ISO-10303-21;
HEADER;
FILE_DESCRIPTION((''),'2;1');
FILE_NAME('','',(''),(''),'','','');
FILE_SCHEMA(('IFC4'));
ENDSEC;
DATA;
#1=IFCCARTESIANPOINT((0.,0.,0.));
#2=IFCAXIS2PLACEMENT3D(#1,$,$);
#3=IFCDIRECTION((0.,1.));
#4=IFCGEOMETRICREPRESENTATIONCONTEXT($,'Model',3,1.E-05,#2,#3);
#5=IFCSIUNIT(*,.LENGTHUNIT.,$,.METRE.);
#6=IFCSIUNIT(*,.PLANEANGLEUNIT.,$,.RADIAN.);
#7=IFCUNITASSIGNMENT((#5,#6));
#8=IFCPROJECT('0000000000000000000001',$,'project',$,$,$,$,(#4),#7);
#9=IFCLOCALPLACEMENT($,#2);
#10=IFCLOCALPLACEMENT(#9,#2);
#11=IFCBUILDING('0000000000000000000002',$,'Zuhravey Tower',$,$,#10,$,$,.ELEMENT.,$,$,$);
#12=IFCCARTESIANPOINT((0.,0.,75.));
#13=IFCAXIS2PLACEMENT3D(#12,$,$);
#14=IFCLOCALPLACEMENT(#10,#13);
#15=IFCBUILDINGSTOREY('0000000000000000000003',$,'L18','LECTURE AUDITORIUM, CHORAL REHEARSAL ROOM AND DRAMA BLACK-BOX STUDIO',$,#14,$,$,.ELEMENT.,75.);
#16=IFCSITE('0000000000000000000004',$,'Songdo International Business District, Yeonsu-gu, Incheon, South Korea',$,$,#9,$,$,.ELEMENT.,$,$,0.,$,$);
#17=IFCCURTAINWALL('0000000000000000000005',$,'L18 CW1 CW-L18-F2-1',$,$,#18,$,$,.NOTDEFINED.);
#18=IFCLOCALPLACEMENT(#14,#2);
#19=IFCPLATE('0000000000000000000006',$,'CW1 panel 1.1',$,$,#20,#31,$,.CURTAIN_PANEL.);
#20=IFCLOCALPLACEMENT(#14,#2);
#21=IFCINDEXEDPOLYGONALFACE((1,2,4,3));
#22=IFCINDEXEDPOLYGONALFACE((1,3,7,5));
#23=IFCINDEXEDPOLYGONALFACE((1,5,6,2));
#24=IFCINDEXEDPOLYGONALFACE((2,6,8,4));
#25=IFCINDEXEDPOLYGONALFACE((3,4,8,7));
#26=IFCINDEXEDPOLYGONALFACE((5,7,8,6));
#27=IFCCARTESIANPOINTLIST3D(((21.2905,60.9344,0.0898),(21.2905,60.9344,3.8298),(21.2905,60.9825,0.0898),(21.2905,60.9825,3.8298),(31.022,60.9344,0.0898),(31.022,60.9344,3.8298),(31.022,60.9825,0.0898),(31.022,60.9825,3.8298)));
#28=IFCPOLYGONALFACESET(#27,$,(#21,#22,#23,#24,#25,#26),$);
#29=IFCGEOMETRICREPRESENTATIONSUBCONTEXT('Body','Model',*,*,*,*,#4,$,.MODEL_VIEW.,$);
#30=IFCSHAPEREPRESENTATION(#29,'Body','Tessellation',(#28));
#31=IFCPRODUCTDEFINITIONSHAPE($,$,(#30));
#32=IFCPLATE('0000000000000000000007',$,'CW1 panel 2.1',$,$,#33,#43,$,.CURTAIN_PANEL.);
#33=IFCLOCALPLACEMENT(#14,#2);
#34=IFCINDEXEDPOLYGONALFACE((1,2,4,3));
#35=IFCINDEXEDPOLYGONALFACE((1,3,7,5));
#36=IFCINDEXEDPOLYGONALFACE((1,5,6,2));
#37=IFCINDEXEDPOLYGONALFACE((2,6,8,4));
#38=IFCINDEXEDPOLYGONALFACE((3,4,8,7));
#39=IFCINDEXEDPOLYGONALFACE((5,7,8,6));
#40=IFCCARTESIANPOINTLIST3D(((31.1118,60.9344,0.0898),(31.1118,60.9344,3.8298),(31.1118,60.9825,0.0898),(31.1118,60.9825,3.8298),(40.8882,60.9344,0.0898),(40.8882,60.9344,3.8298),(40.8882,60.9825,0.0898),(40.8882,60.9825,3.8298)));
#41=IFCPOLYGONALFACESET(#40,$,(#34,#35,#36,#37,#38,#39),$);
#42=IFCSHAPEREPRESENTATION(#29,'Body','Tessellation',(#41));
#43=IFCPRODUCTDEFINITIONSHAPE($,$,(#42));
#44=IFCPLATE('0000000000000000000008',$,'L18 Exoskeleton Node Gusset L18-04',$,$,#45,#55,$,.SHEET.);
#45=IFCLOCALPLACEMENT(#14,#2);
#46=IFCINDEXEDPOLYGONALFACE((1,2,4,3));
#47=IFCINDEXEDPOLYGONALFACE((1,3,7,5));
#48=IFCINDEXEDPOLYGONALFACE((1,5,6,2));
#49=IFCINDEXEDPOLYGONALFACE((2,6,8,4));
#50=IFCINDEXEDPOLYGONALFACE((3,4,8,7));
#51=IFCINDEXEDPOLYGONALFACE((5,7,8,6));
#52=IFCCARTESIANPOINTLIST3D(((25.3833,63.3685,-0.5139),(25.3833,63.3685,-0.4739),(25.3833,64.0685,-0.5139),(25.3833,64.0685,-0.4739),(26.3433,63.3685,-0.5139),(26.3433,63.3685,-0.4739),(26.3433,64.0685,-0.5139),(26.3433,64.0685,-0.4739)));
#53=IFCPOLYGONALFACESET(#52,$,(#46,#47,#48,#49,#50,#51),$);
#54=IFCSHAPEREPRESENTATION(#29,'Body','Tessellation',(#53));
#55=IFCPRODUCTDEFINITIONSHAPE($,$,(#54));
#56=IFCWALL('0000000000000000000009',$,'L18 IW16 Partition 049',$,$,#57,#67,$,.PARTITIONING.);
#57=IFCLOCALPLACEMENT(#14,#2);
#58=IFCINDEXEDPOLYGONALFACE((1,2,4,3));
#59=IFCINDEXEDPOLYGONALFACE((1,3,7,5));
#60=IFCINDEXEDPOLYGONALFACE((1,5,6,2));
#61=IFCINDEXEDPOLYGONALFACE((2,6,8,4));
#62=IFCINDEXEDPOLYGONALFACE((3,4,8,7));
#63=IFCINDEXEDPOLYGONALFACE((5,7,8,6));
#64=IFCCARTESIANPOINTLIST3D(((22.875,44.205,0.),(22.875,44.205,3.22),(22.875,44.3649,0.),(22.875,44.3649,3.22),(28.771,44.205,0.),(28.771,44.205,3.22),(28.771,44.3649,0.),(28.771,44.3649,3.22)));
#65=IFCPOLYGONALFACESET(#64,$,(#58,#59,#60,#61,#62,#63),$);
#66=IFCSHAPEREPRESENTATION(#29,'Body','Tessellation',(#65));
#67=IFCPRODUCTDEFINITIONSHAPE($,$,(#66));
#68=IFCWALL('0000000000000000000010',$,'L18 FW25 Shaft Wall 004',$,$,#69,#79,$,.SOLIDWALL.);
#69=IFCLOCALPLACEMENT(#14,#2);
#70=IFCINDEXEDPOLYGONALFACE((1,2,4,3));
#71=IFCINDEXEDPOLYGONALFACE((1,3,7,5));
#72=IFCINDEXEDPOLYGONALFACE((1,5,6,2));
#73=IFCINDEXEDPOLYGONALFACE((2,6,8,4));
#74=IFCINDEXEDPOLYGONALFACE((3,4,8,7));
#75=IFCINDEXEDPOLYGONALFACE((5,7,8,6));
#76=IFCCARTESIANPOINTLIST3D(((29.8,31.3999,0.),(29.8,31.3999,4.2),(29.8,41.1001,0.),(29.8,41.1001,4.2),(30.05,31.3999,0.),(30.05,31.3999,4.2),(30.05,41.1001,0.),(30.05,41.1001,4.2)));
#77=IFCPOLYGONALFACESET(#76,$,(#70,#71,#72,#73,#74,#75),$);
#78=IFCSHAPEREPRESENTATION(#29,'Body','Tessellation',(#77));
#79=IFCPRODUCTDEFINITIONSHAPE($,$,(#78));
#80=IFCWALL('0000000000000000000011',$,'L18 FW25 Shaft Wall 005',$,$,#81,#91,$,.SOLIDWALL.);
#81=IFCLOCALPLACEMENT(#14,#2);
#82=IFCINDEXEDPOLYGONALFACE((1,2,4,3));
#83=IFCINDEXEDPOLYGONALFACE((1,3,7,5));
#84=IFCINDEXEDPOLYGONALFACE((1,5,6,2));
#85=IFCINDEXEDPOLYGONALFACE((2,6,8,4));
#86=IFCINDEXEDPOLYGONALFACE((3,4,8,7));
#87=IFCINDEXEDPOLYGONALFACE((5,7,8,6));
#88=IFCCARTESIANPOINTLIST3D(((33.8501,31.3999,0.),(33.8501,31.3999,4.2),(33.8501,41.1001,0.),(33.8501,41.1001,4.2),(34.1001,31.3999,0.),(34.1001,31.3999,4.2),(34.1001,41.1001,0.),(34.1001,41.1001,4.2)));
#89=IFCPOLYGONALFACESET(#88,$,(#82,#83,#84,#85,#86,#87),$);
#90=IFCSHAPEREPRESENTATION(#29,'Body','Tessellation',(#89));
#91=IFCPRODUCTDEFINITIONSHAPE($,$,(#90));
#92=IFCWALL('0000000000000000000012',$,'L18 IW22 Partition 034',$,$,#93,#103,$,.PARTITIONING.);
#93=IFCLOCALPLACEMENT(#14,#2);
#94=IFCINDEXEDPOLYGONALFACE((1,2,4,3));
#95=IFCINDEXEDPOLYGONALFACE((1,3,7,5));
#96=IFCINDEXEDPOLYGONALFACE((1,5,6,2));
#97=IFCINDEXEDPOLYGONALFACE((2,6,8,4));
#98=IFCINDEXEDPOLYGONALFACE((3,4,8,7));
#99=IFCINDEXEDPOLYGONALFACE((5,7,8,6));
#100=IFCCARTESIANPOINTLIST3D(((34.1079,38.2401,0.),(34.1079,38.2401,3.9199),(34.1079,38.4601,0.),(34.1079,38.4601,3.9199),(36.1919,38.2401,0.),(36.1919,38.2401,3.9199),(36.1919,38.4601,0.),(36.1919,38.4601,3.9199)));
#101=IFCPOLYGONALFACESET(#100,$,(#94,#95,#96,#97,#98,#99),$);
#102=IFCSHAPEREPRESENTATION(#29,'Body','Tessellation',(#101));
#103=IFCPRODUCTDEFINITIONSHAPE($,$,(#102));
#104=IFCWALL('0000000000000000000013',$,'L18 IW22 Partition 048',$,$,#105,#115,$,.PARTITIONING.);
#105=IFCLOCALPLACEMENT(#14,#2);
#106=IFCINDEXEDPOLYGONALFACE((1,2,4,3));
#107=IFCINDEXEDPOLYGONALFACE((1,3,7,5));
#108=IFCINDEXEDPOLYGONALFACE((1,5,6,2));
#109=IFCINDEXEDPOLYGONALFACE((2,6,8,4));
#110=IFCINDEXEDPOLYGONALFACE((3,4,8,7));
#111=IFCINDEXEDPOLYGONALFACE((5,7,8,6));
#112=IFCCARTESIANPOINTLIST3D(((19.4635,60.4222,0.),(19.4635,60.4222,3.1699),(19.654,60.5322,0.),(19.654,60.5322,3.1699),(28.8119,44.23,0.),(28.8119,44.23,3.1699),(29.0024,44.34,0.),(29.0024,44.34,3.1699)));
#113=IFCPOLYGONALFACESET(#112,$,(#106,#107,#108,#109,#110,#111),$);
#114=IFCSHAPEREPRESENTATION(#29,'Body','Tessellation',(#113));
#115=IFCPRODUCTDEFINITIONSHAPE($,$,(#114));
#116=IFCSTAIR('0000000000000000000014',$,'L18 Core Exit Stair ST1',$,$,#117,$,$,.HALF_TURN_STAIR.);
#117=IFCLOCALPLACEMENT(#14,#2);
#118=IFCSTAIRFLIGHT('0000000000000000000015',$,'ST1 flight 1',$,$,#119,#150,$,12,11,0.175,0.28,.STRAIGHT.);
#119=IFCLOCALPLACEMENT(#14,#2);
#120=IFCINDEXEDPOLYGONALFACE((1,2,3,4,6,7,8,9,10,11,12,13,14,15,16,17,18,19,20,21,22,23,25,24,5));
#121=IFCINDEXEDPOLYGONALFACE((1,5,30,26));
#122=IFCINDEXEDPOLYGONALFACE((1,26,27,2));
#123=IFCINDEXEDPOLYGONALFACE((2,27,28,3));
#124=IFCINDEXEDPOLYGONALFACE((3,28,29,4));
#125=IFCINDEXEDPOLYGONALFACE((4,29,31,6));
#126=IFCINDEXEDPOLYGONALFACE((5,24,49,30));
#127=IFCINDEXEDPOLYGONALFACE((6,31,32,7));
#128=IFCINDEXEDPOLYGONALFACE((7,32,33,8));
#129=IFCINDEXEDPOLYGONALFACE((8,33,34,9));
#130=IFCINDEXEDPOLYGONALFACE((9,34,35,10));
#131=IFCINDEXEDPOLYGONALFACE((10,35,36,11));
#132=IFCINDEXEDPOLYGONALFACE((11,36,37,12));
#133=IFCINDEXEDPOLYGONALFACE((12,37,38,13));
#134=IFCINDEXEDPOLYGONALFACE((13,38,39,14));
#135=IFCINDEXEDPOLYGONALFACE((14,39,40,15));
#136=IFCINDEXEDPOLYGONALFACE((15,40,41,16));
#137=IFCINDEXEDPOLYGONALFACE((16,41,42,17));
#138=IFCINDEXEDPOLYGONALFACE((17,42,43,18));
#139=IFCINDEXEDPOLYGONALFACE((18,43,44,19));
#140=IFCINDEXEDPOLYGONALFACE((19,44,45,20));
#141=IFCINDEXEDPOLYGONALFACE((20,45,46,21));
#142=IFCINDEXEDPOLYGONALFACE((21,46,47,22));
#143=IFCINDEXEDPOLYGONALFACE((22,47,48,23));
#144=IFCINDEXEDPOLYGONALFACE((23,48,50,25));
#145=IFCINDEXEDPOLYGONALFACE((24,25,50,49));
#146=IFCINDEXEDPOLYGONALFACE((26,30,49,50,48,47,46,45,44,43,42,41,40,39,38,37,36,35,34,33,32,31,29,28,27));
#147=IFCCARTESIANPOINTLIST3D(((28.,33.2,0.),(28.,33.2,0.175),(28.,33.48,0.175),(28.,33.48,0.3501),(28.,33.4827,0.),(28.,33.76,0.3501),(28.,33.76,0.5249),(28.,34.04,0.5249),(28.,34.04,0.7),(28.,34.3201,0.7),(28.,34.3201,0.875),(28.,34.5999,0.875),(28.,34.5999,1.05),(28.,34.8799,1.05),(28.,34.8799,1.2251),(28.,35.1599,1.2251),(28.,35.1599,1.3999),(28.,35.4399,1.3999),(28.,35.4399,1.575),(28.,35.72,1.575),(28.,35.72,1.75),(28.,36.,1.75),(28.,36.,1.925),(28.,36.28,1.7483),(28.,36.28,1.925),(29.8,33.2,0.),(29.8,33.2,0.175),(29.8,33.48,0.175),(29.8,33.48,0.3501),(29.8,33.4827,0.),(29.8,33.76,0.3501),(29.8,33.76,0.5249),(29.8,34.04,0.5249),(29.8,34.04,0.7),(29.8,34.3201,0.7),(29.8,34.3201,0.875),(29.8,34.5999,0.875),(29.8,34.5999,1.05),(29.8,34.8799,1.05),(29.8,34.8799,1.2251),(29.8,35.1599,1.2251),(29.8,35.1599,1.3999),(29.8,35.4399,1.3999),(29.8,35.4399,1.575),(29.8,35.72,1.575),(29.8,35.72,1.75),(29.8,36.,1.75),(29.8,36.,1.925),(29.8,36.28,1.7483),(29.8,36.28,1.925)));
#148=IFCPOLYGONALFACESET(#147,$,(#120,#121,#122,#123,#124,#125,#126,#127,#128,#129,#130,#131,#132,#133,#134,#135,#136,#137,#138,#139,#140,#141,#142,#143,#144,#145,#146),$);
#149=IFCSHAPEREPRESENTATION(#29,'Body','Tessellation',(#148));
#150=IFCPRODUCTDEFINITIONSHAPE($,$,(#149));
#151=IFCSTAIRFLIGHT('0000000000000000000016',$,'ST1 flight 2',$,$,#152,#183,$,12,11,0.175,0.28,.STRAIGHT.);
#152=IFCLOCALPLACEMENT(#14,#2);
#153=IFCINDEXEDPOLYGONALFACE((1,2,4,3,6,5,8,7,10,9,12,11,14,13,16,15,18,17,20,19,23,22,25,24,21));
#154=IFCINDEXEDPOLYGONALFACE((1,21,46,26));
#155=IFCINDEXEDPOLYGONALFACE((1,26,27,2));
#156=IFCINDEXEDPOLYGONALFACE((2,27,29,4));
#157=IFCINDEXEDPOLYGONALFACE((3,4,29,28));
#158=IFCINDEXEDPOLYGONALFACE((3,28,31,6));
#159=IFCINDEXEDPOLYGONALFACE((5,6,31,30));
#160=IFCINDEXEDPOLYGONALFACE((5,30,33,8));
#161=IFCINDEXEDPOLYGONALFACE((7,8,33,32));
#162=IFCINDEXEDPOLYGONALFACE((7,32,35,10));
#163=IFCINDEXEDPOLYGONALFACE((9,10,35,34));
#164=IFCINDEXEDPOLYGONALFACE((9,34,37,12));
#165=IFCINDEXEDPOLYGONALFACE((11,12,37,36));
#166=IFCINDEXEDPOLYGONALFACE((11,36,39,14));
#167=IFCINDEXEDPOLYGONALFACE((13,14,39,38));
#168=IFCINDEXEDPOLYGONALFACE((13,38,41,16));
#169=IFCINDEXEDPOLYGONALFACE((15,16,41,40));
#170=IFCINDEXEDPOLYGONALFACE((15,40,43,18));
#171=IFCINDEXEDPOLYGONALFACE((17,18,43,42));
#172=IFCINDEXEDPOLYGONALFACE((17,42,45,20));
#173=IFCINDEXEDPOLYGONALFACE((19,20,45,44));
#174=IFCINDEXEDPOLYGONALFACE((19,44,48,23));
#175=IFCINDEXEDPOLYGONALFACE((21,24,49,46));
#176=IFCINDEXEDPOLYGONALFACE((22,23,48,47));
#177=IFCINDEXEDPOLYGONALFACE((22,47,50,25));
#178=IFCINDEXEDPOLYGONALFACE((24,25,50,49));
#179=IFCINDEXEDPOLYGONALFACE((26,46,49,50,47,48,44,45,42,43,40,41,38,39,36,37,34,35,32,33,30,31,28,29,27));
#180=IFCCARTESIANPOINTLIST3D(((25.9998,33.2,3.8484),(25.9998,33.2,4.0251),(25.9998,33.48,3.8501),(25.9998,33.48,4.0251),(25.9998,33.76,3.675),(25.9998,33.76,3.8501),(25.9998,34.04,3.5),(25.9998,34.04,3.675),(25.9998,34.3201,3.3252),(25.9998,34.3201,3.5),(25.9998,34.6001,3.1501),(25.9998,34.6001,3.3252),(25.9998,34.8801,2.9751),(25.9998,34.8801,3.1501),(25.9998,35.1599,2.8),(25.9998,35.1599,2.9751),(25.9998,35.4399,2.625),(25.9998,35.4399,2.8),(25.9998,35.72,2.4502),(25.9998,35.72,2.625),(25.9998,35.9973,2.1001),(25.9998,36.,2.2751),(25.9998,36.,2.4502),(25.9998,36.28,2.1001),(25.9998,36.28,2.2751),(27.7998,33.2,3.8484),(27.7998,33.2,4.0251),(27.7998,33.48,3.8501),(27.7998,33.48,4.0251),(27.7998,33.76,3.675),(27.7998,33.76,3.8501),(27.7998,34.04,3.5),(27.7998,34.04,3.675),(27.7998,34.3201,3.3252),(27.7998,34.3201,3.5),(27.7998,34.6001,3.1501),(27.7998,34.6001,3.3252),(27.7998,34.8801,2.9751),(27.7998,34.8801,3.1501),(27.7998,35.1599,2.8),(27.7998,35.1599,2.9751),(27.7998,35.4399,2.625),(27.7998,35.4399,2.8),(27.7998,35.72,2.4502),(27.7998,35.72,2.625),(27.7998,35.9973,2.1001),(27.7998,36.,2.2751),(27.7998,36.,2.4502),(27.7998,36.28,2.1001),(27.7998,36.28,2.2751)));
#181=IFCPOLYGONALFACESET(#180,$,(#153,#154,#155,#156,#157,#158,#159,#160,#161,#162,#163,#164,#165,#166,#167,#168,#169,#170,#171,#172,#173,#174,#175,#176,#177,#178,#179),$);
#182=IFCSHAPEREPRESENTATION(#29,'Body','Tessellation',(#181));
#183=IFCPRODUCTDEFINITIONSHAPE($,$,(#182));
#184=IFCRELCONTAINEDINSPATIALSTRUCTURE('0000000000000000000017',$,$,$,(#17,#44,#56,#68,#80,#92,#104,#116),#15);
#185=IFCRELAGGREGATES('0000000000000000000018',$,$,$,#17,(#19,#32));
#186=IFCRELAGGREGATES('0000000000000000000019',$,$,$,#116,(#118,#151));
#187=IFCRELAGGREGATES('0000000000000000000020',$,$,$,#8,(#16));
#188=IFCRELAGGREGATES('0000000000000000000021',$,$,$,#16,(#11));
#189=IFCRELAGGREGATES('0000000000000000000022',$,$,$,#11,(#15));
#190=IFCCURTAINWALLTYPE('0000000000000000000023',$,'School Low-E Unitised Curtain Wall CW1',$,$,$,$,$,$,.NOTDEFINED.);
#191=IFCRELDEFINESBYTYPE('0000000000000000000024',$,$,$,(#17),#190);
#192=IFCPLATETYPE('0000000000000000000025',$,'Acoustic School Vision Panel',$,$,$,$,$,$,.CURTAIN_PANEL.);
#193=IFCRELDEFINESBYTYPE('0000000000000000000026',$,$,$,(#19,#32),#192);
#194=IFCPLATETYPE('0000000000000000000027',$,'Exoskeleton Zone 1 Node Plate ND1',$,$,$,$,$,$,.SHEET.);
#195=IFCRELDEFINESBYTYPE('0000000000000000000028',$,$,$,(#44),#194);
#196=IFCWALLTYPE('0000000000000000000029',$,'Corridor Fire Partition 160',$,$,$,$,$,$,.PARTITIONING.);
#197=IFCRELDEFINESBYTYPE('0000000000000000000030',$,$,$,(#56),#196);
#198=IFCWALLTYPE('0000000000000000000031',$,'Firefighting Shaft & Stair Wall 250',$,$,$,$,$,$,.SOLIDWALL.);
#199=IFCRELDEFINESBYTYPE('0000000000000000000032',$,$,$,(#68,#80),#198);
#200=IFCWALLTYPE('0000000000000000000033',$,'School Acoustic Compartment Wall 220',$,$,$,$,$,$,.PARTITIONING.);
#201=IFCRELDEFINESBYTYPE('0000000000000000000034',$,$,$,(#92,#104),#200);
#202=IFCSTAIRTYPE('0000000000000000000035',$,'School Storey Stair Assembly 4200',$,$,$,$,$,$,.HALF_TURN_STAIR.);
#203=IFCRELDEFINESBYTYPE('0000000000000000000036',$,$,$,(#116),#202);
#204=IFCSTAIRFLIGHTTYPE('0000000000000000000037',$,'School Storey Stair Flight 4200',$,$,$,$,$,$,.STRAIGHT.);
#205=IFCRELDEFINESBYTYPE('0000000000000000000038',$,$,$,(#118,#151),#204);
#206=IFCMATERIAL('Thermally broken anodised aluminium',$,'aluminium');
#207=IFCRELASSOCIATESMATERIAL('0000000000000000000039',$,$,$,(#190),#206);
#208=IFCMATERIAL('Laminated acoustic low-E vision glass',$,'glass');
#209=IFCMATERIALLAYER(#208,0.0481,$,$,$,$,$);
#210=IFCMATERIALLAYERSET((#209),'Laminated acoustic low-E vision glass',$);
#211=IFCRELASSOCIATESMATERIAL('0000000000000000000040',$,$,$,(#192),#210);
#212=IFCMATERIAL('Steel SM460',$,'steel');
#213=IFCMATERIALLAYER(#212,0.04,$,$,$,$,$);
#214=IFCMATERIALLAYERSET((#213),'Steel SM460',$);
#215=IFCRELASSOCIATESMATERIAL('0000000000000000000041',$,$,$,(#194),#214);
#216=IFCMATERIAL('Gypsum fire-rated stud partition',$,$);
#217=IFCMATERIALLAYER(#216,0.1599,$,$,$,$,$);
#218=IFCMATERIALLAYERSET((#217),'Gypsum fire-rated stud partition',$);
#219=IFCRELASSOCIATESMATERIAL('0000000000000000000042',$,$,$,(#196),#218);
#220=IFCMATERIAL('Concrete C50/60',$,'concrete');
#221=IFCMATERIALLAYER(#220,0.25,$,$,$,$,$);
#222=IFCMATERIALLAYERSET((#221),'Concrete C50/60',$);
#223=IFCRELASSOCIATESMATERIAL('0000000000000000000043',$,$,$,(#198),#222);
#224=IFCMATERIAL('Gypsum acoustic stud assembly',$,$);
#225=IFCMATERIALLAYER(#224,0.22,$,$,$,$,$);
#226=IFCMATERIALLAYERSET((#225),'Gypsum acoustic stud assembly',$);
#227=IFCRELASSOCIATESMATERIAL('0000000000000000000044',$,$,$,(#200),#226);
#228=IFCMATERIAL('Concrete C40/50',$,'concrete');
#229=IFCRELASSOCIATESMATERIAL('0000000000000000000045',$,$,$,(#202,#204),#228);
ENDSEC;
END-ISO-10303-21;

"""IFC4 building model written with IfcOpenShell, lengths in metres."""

from ifc_helpers import new_model, si_unit, direction, frame, frame_2d, origin, origin_2d, place, context, subcontext, project, spatial, polyline, rectangle, outline, extrude, material, layer, layer_set, type_object, element, aggregate, save


model = new_model("IFC4")

# Units and contexts
model_context = context("Model", 3, precision=1e-05, world=origin(), true_north=direction((0.0, 1.0)))
body_context = subcontext(model_context, "Body", "Model", "MODEL_VIEW")
ifc_project = project(units=[si_unit("LENGTHUNIT", "METRE"), si_unit("PLANEANGLEUNIT", "RADIAN")], contexts=[model_context])

# Site, building, storey
site_placement = place(None, origin())
site = spatial("IfcSite", under=ifc_project, at=site_placement, Name="Songdo International Business District, Yeonsu-gu, Incheon, South Korea", CompositionType="ELEMENT", RefElevation=0.0)
building_placement = place(site_placement, origin())
building = spatial("IfcBuilding", under=site, at=building_placement, Name="Zuhravey Tower", CompositionType="ELEMENT")
storey_placement = place(building_placement, frame((0.0, 0.0, 75.0)))
storey = spatial("IfcBuildingStorey", under=building, at=storey_placement, Name="L18", Description="LECTURE AUDITORIUM, CHORAL REHEARSAL ROOM AND DRAMA BLACK-BOX STUDIO", CompositionType="ELEMENT", Elevation=75.0)

# Curtain wall
ifc_material_1 = material(Name="Thermally broken anodised aluminium", Category="aluminium")
curtain_wall_type = type_object("IfcCurtainWallType", Name="School Low-E Unitised Curtain Wall CW1", PredefinedType="NOTDEFINED", material=ifc_material_1)
curtain_wall_placement = place(storey_placement, origin())
curtain_wall = element("IfcCurtainWall", 1, at=curtain_wall_placement, inside=storey, type_object=curtain_wall_type, Name="L18 CW1 CW-L18-F2-1", PredefinedType="NOTDEFINED")

# Shared definitions
ifc_material_2 = material(Name="Steel SM460", Category="steel")

# Plates
ifc_material_3 = material(Name="Laminated acoustic low-E vision glass", Category="glass")
ifc_layer_1 = layer(ifc_material_3, 0.0481)
ifc_layer_set_1 = layer_set([ifc_layer_1], Name="Laminated acoustic low-E vision glass")
plate_type_1 = type_object("IfcPlateType", Name="Acoustic School Vision Panel", PredefinedType="CURTAIN_PANEL", material=ifc_layer_set_1)
plate_1_placement = place(storey_placement, frame((26.1562, 60.9585, 0.0898), z_axis=(0.0, 0.0, 1.0), x_axis=(1.0, 0.0, 0.0)))
plate_1 = element("IfcPlate", 2, at=plate_1_placement, type_object=plate_type_1, Name="CW1 panel 1.1", PredefinedType="CURTAIN_PANEL", context=body_context, shape_type="SweptSolid", body=[
    extrude(rectangle(XDim=9.7314, YDim=0.0481, at=origin_2d()), origin(), (0.0, 0.0, 1.0), 3.74),
])
plate_2_placement = place(storey_placement, frame((36.0, 60.9585, 0.0898), z_axis=(0.0, 0.0, 1.0), x_axis=(1.0, 0.0, 0.0)))
plate_2 = element("IfcPlate", 3, at=plate_2_placement, type_object=plate_type_1, Name="CW1 panel 2.1", PredefinedType="CURTAIN_PANEL", context=body_context, shape_type="SweptSolid", body=[
    extrude(rectangle(XDim=9.7764, YDim=0.0481, at=origin_2d()), origin(), (0.0, 0.0, 1.0), 3.74),
])
aggregate(curtain_wall, [plate_1, plate_2])
ifc_layer_2 = layer(ifc_material_2, 0.04)
ifc_layer_set_2 = layer_set([ifc_layer_2], Name="Steel SM460")
plate_type_2 = type_object("IfcPlateType", Name="Exoskeleton Zone 1 Node Plate ND1", PredefinedType="SHEET", material=ifc_layer_set_2)
plate_3_placement = place(storey_placement, frame((25.8633, 63.7185, -0.5139), z_axis=(0.0, 0.0, 1.0), x_axis=(-1.0, 0.0, 0.0)))
element("IfcPlate", 4, at=plate_3_placement, inside=storey, type_object=plate_type_2, Name="L18 Exoskeleton Node Gusset L18-04", PredefinedType="SHEET", context=body_context, shape_type="SweptSolid", body=[
    extrude(rectangle(XDim=0.96, YDim=0.7, at=origin_2d()), origin(), (0.0, 0.0, 1.0), 0.04),
])

# Walls
ifc_material_4 = material(Name="Gypsum fire-rated stud partition")
ifc_layer_3 = layer(ifc_material_4, 0.1599)
ifc_layer_set_3 = layer_set([ifc_layer_3], Name="Gypsum fire-rated stud partition")
wall_type_1 = type_object("IfcWallType", Name="Corridor Fire Partition 160", PredefinedType="PARTITIONING", material=ifc_layer_set_3)
wall_1_placement = place(storey_placement, frame((28.771, 44.2849, 0.0), z_axis=(0.0, 0.0, 1.0), x_axis=(-1.0, 0.0, 0.0)))
element("IfcWall", 5, at=wall_1_placement, inside=storey, type_object=wall_type_1, Name="L18 IW16 Partition 049", PredefinedType="PARTITIONING", context=body_context, shape_type="SweptSolid", body=[
    extrude(rectangle(XDim=5.896, YDim=0.1599, at=frame_2d((2.948, 0.0))), origin(), (0.0, 0.0, 1.0), 3.22),
])
ifc_material_5 = material(Name="Concrete C50/60", Category="concrete")
ifc_layer_4 = layer(ifc_material_5, 0.25)
ifc_layer_set_4 = layer_set([ifc_layer_4], Name="Concrete C50/60")
wall_type_2 = type_object("IfcWallType", Name="Firefighting Shaft & Stair Wall 250", PredefinedType="SOLIDWALL", material=ifc_layer_set_4)
for number, where, z_axis, x_axis, name in (
    (6, (29.925, 31.3999, 0.0), (0.0, 0.0, 1.0), (0.0, 1.0, 0.0), "L18 FW25 Shaft Wall 004"),
    (7, (33.9751, 31.3999, 0.0), (0.0, 0.0, 1.0), (0.0, 1.0, 0.0), "L18 FW25 Shaft Wall 005"),
):
    element("IfcWall", number, at=place(storey_placement, frame(where, z_axis=z_axis, x_axis=x_axis)), inside=storey, type_object=wall_type_2, Name=name, PredefinedType="SOLIDWALL", context=body_context, shape_type="SweptSolid", body=[
        extrude(rectangle(XDim=9.7002, YDim=0.25, at=frame_2d((4.8501, 0.0))), origin(), (0.0, 0.0, 1.0), 4.2),
    ])
ifc_material_6 = material(Name="Gypsum acoustic stud assembly")
ifc_layer_5 = layer(ifc_material_6, 0.22)
ifc_layer_set_5 = layer_set([ifc_layer_5], Name="Gypsum acoustic stud assembly")
wall_type_3 = type_object("IfcWallType", Name="School Acoustic Compartment Wall 220", PredefinedType="PARTITIONING", material=ifc_layer_set_5)
wall_2_placement = place(storey_placement, frame((34.1079, 38.3501, 0.0), z_axis=(0.0, 0.0, 1.0), x_axis=(1.0, 0.0, 0.0)))
element("IfcWall", 8, at=wall_2_placement, inside=storey, type_object=wall_type_3, Name="L18 IW22 Partition 034", PredefinedType="PARTITIONING", context=body_context, shape_type="SweptSolid", body=[
    extrude(rectangle(XDim=2.084, YDim=0.22, at=frame_2d((1.042, 0.0))), origin(), (0.0, 0.0, 1.0), 3.9199),
])
wall_3_placement = place(storey_placement, frame((28.9072, 44.2849, 0.0), z_axis=(0.0, 0.0, 1.0), x_axis=(-0.499994, 0.866029, 0.0)))
element("IfcWall", 9, at=wall_3_placement, inside=storey, type_object=wall_type_3, Name="L18 IW22 Partition 048", PredefinedType="PARTITIONING", context=body_context, shape_type="SweptSolid", body=[
    extrude(rectangle(XDim=18.697, YDim=0.22, at=frame_2d((9.3486, 0.0))), origin(), (0.0, 0.0, 1.0), 3.1699),
])

# Stair, stair flights
ifc_material_7 = material(Name="Concrete C40/50", Category="concrete")
stair_type = type_object("IfcStairType", Name="School Storey Stair Assembly 4200", PredefinedType="HALF_TURN_STAIR", material=ifc_material_7)
stair_1_placement = place(storey_placement, origin())
stair_1 = element("IfcStair", 10, at=stair_1_placement, inside=storey, type_object=stair_type, Name="L18 Core Exit Stair ST1", PredefinedType="HALF_TURN_STAIR")
stair_flight_type = type_object("IfcStairFlightType", Name="School Storey Stair Flight 4200", PredefinedType="STRAIGHT", material=ifc_material_7)
stair_flight_1_placement = place(storey_placement, frame((28.8999, 33.2, 0.0), z_axis=(0.0, 0.0, 1.0), x_axis=(0.0, 1.0, 0.0)))
stair_flight_1 = element("IfcStairFlight", 11, at=stair_flight_1_placement, type_object=stair_flight_type, Name="ST1 flight 1", NumberOfRisers=12, NumberOfTreads=11, PredefinedType="STRAIGHT", RiserHeight=0.175, TreadLength=0.28, context=body_context, shape_type="SweptSolid", body=[
    extrude(outline(polyline([(0.0, 0.0), (0.0, 0.175), (0.28, 0.175), (0.28, 0.3501), (0.5601, 0.3501), (0.5601, 0.5249), (0.8401, 0.5249), (0.8401, 0.7), (1.1201, 0.7), (1.1201, 0.875), (1.3999, 0.875), (1.3999, 1.05), (1.6799, 1.05), (1.6799, 1.2251), (1.96, 1.2251), (1.96, 1.3999), (2.24, 1.3999), (2.24, 1.575), (2.52, 1.575), (2.52, 1.75), (2.8, 1.75), (2.8, 1.925), (3.0801, 1.925), (3.0801, 2.1001), (3.0801, 1.7483), (0.2827, 0.0), (0.0, 0.0)])), frame((0.0, 0.8999, 0.0), z_axis=(0.0, -1.0, 0.0), x_axis=(1.0, 0.0, 0.0)), (0.0, 0.0, 1.0), 1.8),
])
stair_flight_2_placement = place(storey_placement, frame((26.8999, 36.28, 2.1001), z_axis=(0.0, 0.0, 1.0), x_axis=(0.0, -1.0, 0.0)))
stair_flight_2 = element("IfcStairFlight", 12, at=stair_flight_2_placement, type_object=stair_flight_type, Name="ST1 flight 2", NumberOfRisers=12, NumberOfTreads=11, PredefinedType="STRAIGHT", RiserHeight=0.175, TreadLength=0.28, context=body_context, shape_type="SweptSolid", body=[
    extrude(outline(polyline([(0.0, 0.0), (0.0, 0.175), (0.28, 0.175), (0.28, 0.3501), (0.5601, 0.3501), (0.5601, 0.5249), (0.8401, 0.5249), (0.8401, 0.7), (1.1201, 0.7), (1.1201, 0.875), (1.3999, 0.875), (1.3999, 1.05), (1.6799, 1.05), (1.6799, 1.2251), (1.96, 1.2251), (1.96, 1.3999), (2.24, 1.3999), (2.24, 1.575), (2.52, 1.575), (2.52, 1.75), (2.8, 1.75), (2.8, 1.925), (3.0801, 1.925), (3.0801, 2.1001), (3.0801, 1.7483), (0.2827, 0.0), (0.0, 0.0)])), frame((0.0, 0.8999, 0.0), z_axis=(0.0, -1.0, 0.0), x_axis=(1.0, 0.0, 0.0)), (0.0, 0.0, 1.0), 1.8),
])
aggregate(stair_1, [stair_flight_1, stair_flight_2])

save(model, "model.ifc")
